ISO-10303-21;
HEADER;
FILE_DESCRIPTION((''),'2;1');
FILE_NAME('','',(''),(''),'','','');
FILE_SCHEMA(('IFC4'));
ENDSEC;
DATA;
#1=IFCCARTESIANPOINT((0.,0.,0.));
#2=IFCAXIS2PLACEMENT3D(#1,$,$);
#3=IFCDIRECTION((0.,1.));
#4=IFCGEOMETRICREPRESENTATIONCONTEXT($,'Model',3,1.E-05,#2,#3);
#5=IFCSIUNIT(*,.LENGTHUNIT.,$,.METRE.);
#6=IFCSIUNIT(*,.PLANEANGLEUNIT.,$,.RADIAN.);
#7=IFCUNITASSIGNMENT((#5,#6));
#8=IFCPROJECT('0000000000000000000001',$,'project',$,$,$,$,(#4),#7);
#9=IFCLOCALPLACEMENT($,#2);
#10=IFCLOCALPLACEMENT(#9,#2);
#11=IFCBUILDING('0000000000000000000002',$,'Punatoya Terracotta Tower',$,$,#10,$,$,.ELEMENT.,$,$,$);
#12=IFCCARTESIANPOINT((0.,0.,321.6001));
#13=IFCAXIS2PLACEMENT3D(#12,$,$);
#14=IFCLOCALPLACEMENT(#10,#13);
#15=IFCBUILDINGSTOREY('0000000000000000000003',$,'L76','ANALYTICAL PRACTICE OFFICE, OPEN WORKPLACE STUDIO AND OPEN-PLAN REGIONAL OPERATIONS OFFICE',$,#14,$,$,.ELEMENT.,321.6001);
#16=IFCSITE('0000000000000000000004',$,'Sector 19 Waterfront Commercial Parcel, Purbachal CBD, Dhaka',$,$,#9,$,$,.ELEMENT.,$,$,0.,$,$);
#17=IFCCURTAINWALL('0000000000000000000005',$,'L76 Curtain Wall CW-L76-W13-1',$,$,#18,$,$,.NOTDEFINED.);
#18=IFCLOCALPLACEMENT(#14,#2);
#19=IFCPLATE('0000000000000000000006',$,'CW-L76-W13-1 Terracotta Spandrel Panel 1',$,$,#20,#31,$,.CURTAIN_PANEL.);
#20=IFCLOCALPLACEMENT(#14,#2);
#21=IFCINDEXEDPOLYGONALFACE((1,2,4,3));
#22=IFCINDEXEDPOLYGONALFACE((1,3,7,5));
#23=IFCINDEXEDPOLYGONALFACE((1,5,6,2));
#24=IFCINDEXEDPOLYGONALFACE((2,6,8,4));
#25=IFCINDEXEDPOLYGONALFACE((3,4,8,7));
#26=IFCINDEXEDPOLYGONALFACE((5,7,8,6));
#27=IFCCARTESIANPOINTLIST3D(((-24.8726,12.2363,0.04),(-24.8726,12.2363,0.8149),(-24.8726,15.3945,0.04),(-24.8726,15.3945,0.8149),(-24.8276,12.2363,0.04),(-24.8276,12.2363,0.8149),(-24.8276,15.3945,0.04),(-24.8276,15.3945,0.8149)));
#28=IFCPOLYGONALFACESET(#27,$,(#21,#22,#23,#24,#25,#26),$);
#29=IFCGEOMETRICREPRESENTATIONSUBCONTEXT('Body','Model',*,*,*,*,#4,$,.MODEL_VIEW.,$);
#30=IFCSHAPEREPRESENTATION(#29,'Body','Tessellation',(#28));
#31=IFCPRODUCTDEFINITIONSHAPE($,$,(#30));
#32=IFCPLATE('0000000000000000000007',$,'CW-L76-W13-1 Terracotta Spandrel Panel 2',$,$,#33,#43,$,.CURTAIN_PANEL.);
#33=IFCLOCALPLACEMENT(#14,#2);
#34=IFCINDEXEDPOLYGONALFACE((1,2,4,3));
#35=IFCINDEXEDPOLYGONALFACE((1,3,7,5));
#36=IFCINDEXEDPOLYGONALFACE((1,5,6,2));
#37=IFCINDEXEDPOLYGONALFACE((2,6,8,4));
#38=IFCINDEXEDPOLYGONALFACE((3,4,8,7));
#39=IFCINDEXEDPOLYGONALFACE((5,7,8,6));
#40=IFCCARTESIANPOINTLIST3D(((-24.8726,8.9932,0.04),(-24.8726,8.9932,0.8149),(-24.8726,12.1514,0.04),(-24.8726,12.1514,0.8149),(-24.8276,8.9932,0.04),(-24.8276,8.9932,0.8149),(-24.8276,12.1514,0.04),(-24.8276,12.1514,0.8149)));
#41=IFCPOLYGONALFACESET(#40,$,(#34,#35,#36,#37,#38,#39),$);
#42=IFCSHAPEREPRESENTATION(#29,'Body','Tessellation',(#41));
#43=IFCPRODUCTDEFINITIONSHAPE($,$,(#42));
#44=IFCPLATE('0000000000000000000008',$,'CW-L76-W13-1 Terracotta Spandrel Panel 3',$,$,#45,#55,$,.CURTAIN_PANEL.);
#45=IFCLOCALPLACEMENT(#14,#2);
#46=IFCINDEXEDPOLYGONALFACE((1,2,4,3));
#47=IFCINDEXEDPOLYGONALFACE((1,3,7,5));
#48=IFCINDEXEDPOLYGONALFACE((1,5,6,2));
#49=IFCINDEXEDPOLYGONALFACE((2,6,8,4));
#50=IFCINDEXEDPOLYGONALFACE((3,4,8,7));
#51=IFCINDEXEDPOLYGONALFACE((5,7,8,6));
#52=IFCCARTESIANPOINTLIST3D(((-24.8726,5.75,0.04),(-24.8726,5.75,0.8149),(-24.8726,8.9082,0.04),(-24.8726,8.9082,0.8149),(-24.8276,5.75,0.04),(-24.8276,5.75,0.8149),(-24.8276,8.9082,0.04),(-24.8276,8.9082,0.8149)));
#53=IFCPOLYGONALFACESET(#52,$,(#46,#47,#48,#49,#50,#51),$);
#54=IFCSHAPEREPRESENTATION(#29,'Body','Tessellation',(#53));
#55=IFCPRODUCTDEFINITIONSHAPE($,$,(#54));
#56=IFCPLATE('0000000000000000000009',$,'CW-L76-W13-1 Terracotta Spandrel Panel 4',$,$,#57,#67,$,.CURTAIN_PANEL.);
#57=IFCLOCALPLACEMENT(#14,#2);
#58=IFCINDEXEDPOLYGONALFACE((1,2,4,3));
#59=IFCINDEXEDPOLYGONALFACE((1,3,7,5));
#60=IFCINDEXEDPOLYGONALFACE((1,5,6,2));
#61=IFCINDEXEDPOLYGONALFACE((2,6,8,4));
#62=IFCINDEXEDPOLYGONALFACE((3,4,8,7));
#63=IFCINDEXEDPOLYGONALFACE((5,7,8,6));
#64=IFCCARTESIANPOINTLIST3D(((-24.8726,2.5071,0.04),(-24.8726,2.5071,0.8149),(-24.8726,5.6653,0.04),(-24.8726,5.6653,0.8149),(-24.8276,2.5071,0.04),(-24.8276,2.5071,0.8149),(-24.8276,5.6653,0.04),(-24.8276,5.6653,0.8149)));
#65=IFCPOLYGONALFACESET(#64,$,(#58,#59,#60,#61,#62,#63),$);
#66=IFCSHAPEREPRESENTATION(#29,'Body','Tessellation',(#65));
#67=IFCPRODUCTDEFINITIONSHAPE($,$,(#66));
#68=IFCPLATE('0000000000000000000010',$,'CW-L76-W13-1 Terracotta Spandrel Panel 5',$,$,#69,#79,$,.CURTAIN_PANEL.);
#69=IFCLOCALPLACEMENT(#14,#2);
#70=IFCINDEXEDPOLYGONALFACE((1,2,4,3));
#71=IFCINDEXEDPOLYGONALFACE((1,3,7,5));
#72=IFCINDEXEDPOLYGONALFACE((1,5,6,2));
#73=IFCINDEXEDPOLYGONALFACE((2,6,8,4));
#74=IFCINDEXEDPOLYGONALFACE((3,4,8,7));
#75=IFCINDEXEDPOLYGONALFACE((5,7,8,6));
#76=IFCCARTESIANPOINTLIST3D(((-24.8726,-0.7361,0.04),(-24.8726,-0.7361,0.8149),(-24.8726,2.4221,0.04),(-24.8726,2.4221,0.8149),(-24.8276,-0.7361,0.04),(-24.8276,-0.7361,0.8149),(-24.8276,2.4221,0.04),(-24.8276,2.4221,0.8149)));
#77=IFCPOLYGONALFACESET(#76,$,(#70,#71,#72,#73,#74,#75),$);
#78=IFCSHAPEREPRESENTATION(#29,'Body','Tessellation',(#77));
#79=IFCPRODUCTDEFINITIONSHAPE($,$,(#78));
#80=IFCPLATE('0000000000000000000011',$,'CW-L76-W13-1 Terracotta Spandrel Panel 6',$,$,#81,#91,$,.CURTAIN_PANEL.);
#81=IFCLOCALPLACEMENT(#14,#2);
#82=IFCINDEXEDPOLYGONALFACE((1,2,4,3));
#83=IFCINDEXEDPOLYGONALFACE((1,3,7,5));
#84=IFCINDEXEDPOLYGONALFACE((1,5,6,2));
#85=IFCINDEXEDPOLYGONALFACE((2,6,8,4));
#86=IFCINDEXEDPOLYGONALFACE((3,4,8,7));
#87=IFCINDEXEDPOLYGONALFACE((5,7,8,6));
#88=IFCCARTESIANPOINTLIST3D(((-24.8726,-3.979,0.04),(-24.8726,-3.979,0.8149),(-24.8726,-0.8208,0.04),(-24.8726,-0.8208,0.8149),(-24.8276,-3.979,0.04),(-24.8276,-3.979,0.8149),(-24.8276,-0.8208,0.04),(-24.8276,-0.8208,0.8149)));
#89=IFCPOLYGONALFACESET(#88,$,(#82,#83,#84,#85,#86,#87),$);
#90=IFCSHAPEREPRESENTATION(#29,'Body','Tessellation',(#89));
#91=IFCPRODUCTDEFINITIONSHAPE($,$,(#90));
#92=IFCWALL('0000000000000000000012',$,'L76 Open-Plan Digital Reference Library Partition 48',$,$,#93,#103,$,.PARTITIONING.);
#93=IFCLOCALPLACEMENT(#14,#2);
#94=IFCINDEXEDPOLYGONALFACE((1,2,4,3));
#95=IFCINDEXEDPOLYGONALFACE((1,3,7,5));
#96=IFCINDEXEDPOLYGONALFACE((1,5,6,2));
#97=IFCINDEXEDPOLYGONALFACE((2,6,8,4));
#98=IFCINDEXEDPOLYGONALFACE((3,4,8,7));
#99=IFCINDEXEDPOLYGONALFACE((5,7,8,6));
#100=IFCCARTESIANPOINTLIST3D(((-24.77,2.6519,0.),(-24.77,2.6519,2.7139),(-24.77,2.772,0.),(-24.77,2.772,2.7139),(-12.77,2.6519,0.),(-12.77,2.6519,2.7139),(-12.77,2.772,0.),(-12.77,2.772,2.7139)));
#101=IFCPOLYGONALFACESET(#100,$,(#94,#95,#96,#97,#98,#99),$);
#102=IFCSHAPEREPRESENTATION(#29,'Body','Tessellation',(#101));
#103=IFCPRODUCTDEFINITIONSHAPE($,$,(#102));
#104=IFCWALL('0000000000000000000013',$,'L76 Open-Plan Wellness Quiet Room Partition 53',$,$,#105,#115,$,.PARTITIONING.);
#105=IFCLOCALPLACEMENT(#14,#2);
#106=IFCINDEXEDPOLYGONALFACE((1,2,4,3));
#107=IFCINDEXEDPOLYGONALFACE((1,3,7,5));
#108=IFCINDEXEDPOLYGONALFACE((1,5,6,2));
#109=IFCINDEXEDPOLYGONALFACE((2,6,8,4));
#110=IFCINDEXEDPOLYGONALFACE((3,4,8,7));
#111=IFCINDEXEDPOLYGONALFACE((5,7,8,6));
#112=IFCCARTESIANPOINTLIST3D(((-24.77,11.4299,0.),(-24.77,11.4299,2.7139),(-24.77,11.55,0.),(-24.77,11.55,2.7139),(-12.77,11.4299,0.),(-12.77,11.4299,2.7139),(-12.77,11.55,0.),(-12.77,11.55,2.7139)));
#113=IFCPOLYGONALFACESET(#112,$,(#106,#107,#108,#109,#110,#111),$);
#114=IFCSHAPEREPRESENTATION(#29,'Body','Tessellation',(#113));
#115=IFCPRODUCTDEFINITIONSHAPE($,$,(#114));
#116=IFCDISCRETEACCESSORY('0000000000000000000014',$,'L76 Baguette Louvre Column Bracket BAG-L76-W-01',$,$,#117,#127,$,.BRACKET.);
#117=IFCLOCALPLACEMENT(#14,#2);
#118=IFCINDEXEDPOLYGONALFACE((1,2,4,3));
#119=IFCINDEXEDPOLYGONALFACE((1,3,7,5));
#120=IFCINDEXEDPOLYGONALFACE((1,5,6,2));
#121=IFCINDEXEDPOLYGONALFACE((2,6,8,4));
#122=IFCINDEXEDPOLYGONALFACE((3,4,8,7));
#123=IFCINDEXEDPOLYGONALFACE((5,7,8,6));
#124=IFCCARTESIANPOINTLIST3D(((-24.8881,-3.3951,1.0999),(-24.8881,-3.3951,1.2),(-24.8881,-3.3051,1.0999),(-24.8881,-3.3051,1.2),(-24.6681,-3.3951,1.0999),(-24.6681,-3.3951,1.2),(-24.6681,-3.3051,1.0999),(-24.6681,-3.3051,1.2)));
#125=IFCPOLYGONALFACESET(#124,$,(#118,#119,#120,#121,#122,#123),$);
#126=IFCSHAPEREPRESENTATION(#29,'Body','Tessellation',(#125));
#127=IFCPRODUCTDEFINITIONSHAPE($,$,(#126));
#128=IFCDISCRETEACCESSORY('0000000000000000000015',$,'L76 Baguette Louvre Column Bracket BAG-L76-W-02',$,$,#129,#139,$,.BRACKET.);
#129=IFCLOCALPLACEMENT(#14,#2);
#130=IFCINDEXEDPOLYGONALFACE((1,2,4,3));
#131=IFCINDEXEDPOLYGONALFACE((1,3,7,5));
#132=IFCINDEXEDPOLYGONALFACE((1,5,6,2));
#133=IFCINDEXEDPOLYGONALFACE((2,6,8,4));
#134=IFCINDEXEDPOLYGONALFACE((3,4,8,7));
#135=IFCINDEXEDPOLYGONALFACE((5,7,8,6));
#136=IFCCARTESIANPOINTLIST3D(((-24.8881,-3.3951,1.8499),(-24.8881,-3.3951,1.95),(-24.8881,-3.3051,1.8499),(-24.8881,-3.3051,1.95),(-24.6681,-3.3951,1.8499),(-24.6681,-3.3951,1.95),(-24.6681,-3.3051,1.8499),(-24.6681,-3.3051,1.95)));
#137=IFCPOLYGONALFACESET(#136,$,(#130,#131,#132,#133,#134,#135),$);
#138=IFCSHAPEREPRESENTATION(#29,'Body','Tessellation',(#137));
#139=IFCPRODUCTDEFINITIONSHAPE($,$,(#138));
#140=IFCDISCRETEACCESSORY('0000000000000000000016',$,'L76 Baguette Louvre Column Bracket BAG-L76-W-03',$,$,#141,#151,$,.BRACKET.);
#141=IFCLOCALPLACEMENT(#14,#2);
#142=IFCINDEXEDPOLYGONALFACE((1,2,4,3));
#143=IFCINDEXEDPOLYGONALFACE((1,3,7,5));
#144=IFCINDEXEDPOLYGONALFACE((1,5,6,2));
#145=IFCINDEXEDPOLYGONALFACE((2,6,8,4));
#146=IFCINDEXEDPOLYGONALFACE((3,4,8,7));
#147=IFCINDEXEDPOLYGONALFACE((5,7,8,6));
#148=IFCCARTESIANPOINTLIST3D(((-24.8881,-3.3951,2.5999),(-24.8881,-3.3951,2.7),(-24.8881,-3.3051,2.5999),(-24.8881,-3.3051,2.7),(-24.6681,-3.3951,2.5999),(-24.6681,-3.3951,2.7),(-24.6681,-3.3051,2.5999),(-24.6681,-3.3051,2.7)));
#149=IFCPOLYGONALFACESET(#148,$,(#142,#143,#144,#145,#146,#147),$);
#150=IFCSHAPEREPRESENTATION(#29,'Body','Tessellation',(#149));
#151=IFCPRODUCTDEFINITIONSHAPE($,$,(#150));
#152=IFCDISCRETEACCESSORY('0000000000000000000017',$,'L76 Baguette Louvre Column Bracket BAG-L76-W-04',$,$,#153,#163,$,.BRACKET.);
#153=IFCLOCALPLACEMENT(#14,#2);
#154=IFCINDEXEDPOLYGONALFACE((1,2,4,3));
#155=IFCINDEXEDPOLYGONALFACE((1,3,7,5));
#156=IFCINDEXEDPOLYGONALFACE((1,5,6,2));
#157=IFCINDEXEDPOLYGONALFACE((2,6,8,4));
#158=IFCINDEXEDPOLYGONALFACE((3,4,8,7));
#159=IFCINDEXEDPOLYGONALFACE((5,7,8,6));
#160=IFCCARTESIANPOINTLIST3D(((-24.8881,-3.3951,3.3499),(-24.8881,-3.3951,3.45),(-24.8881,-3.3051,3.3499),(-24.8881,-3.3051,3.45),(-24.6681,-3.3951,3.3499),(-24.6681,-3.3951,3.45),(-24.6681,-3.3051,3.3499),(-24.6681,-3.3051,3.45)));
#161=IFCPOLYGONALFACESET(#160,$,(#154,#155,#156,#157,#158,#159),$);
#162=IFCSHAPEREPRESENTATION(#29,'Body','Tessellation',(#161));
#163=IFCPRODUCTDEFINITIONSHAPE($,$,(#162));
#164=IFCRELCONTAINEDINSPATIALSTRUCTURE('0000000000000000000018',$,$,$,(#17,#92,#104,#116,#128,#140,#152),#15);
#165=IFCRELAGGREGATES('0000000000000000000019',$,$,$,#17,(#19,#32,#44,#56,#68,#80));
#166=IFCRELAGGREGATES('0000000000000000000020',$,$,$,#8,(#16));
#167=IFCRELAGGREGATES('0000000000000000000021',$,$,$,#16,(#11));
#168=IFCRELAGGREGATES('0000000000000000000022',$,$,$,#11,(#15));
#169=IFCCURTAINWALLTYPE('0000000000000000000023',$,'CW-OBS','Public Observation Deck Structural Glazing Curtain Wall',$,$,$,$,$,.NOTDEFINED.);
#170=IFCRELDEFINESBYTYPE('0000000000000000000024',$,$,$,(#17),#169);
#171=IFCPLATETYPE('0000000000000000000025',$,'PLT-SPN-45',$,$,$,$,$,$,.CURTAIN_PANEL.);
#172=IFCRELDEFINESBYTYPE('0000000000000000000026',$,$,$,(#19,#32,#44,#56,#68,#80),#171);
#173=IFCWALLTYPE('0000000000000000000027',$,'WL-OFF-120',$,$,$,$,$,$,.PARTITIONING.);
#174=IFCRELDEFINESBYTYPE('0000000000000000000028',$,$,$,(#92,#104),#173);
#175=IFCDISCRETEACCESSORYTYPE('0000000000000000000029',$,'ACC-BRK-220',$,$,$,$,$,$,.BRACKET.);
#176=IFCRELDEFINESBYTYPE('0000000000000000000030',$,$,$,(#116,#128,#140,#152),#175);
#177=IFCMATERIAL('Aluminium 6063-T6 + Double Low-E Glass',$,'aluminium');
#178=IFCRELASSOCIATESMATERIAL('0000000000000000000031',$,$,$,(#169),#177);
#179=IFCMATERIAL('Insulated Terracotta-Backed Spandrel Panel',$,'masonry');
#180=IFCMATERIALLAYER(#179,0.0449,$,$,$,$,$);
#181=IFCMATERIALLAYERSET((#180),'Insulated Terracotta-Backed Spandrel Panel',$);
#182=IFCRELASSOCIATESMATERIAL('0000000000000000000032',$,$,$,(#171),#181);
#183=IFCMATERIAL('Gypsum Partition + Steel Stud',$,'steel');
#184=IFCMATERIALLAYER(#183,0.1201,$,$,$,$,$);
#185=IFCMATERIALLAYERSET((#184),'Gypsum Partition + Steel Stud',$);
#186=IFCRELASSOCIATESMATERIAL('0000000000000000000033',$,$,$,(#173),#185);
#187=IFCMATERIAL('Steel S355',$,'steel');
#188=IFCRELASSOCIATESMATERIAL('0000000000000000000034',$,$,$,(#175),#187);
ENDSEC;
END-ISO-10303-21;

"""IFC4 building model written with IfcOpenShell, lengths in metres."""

from ifc_helpers import new_model, si_unit, direction, frame, frame_2d, origin, origin_2d, place, context, subcontext, project, spatial, rectangle, extrude, material, layer, layer_set, type_object, element, aggregate, save


model = new_model("IFC4")

# Units and contexts
model_context = context("Model", 3, precision=1e-05, world=origin(), true_north=direction((0.0, 1.0)))
body_context = subcontext(model_context, "Body", "Model", "MODEL_VIEW")
ifc_project = project(units=[si_unit("LENGTHUNIT", "METRE"), si_unit("PLANEANGLEUNIT", "RADIAN")], contexts=[model_context])

# Site, building, storey
site_placement = place(None, origin())
site = spatial("IfcSite", under=ifc_project, at=site_placement, Name="Sector 19 Waterfront Commercial Parcel, Purbachal CBD, Dhaka", CompositionType="ELEMENT", RefElevation=0.0)
building_placement = place(site_placement, origin())
building = spatial("IfcBuilding", under=site, at=building_placement, Name="Punatoya Terracotta Tower", CompositionType="ELEMENT")
storey_placement = place(building_placement, frame((0.0, 0.0, 321.6001)))
storey = spatial("IfcBuildingStorey", under=building, at=storey_placement, Name="L76", Description="ANALYTICAL PRACTICE OFFICE, OPEN WORKPLACE STUDIO AND OPEN-PLAN REGIONAL OPERATIONS OFFICE", CompositionType="ELEMENT", Elevation=321.6001)

# Curtain wall
ifc_material_1 = material(Name="Aluminium 6063-T6 + Double Low-E Glass", Category="aluminium")
curtain_wall_type = type_object("IfcCurtainWallType", Name="CW-OBS", Description="Public Observation Deck Structural Glazing Curtain Wall", PredefinedType="NOTDEFINED", material=ifc_material_1)
curtain_wall_placement = place(storey_placement, origin())
curtain_wall = element("IfcCurtainWall", 1, at=curtain_wall_placement, inside=storey, type_object=curtain_wall_type, Name="L76 Curtain Wall CW-L76-W13-1", PredefinedType="NOTDEFINED")

# Shared definitions
ifc_material_2 = material(Name="Steel S355", Category="steel")

# Plates
ifc_material_3 = material(Name="Insulated Terracotta-Backed Spandrel Panel", Category="masonry")
ifc_layer_1 = layer(ifc_material_3, 0.0449)
ifc_layer_set_1 = layer_set([ifc_layer_1], Name="Insulated Terracotta-Backed Spandrel Panel")
plate_type_1 = type_object("IfcPlateType", Name="PLT-SPN-45", PredefinedType="CURTAIN_PANEL", material=ifc_layer_set_1)
plate_1_placement = place(storey_placement, frame((-24.8501, 13.8154, 0.04), z_axis=(0.0, 0.0, 1.0), x_axis=(0.0, -1.0, 0.0)))
plate_1 = element("IfcPlate", 2, at=plate_1_placement, type_object=plate_type_1, Name="CW-L76-W13-1 Terracotta Spandrel Panel 1", PredefinedType="CURTAIN_PANEL", context=body_context, shape_type="SweptSolid", body=[
    extrude(rectangle(XDim=3.1582, YDim=0.0449, at=origin_2d()), origin(), (0.0, 0.0, 1.0), 0.7749),
])
plate_2_placement = place(storey_placement, frame((-24.8501, 10.5723, 0.04), z_axis=(0.0, 0.0, 1.0), x_axis=(0.0, -1.0, 0.0)))
plate_2 = element("IfcPlate", 3, at=plate_2_placement, type_object=plate_type_1, Name="CW-L76-W13-1 Terracotta Spandrel Panel 2", PredefinedType="CURTAIN_PANEL", context=body_context, shape_type="SweptSolid", body=[
    extrude(rectangle(XDim=3.1582, YDim=0.0449, at=origin_2d()), origin(), (0.0, 0.0, 1.0), 0.7749),
])
plate_3_placement = place(storey_placement, frame((-24.8501, 7.3291, 0.04), z_axis=(0.0, 0.0, 1.0), x_axis=(0.0, -1.0, 0.0)))
plate_3 = element("IfcPlate", 4, at=plate_3_placement, type_object=plate_type_1, Name="CW-L76-W13-1 Terracotta Spandrel Panel 3", PredefinedType="CURTAIN_PANEL", context=body_context, shape_type="SweptSolid", body=[
    extrude(rectangle(XDim=3.1582, YDim=0.0449, at=origin_2d()), origin(), (0.0, 0.0, 1.0), 0.7749),
])
plate_4_placement = place(storey_placement, frame((-24.8501, 4.0862, 0.04), z_axis=(0.0, 0.0, 1.0), x_axis=(0.0, -1.0, 0.0)))
plate_4 = element("IfcPlate", 5, at=plate_4_placement, type_object=plate_type_1, Name="CW-L76-W13-1 Terracotta Spandrel Panel 4", PredefinedType="CURTAIN_PANEL", context=body_context, shape_type="SweptSolid", body=[
    extrude(rectangle(XDim=3.1582, YDim=0.0449, at=origin_2d()), origin(), (0.0, 0.0, 1.0), 0.7749),
])
plate_5_placement = place(storey_placement, frame((-24.8501, 0.843, 0.04), z_axis=(0.0, 0.0, 1.0), x_axis=(0.0, -1.0, 0.0)))
plate_5 = element("IfcPlate", 6, at=plate_5_placement, type_object=plate_type_1, Name="CW-L76-W13-1 Terracotta Spandrel Panel 5", PredefinedType="CURTAIN_PANEL", context=body_context, shape_type="SweptSolid", body=[
    extrude(rectangle(XDim=3.1582, YDim=0.0449, at=origin_2d()), origin(), (0.0, 0.0, 1.0), 0.7749),
])
plate_6_placement = place(storey_placement, frame((-24.8501, -2.3999, 0.04), z_axis=(0.0, 0.0, 1.0), x_axis=(0.0, -1.0, 0.0)))
plate_6 = element("IfcPlate", 7, at=plate_6_placement, type_object=plate_type_1, Name="CW-L76-W13-1 Terracotta Spandrel Panel 6", PredefinedType="CURTAIN_PANEL", context=body_context, shape_type="SweptSolid", body=[
    extrude(rectangle(XDim=3.1582, YDim=0.0449, at=origin_2d()), origin(), (0.0, 0.0, 1.0), 0.7749),
])
aggregate(curtain_wall, [plate_1, plate_2, plate_3, plate_4, plate_5, plate_6])

# Walls
ifc_material_4 = material(Name="Gypsum Partition + Steel Stud", Category="steel")
ifc_layer_2 = layer(ifc_material_4, 0.1201)
ifc_layer_set_2 = layer_set([ifc_layer_2], Name="Gypsum Partition + Steel Stud")
wall_type = type_object("IfcWallType", Name="WL-OFF-120", PredefinedType="PARTITIONING", material=ifc_layer_set_2)
for number, where, z_axis, x_axis, name in (
    (8, (-24.77, 2.7119, 0.0), (0.0, 0.0, 1.0), (1.0, 0.0, 0.0), "L76 Open-Plan Digital Reference Library Partition 48"),
    (9, (-24.77, 11.49, 0.0), (0.0, 0.0, 1.0), (1.0, 0.0, 0.0), "L76 Open-Plan Wellness Quiet Room Partition 53"),
):
    element("IfcWall", number, at=place(storey_placement, frame(where, z_axis=z_axis, x_axis=x_axis)), inside=storey, type_object=wall_type, Name=name, PredefinedType="PARTITIONING", context=body_context, shape_type="SweptSolid", body=[
        extrude(rectangle(XDim=12.0, YDim=0.1201, at=frame_2d((6.0, 0.0))), origin(), (0.0, 0.0, 1.0), 2.7139),
    ])

# Discrete accessories
discrete_accessory_type = type_object("IfcDiscreteAccessoryType", Name="ACC-BRK-220", PredefinedType="BRACKET", material=ifc_material_2)
for number, where, z_axis, x_axis, name in (
    (10, (-24.7781, -3.3501, 1.0999), (0.0, 0.0, 1.0), (0.0, 1.0, 0.0), "L76 Baguette Louvre Column Bracket BAG-L76-W-01"),
    (11, (-24.7781, -3.3501, 1.8499), (0.0, 0.0, 1.0), (0.0, 1.0, 0.0), "L76 Baguette Louvre Column Bracket BAG-L76-W-02"),
    (12, (-24.7781, -3.3501, 2.5999), (0.0, 0.0, 1.0), (0.0, 1.0, 0.0), "L76 Baguette Louvre Column Bracket BAG-L76-W-03"),
    (13, (-24.7781, -3.3501, 3.3499), (0.0, 0.0, 1.0), (0.0, 1.0, 0.0), "L76 Baguette Louvre Column Bracket BAG-L76-W-04"),
):
    element("IfcDiscreteAccessory", number, at=place(storey_placement, frame(where, z_axis=z_axis, x_axis=x_axis)), inside=storey, type_object=discrete_accessory_type, Name=name, PredefinedType="BRACKET", context=body_context, shape_type="SweptSolid", body=[
        extrude(rectangle(XDim=0.0901, YDim=0.22, at=origin_2d()), origin(), (0.0, 0.0, 1.0), 0.1001),
    ])

save(model, "model.ifc")
